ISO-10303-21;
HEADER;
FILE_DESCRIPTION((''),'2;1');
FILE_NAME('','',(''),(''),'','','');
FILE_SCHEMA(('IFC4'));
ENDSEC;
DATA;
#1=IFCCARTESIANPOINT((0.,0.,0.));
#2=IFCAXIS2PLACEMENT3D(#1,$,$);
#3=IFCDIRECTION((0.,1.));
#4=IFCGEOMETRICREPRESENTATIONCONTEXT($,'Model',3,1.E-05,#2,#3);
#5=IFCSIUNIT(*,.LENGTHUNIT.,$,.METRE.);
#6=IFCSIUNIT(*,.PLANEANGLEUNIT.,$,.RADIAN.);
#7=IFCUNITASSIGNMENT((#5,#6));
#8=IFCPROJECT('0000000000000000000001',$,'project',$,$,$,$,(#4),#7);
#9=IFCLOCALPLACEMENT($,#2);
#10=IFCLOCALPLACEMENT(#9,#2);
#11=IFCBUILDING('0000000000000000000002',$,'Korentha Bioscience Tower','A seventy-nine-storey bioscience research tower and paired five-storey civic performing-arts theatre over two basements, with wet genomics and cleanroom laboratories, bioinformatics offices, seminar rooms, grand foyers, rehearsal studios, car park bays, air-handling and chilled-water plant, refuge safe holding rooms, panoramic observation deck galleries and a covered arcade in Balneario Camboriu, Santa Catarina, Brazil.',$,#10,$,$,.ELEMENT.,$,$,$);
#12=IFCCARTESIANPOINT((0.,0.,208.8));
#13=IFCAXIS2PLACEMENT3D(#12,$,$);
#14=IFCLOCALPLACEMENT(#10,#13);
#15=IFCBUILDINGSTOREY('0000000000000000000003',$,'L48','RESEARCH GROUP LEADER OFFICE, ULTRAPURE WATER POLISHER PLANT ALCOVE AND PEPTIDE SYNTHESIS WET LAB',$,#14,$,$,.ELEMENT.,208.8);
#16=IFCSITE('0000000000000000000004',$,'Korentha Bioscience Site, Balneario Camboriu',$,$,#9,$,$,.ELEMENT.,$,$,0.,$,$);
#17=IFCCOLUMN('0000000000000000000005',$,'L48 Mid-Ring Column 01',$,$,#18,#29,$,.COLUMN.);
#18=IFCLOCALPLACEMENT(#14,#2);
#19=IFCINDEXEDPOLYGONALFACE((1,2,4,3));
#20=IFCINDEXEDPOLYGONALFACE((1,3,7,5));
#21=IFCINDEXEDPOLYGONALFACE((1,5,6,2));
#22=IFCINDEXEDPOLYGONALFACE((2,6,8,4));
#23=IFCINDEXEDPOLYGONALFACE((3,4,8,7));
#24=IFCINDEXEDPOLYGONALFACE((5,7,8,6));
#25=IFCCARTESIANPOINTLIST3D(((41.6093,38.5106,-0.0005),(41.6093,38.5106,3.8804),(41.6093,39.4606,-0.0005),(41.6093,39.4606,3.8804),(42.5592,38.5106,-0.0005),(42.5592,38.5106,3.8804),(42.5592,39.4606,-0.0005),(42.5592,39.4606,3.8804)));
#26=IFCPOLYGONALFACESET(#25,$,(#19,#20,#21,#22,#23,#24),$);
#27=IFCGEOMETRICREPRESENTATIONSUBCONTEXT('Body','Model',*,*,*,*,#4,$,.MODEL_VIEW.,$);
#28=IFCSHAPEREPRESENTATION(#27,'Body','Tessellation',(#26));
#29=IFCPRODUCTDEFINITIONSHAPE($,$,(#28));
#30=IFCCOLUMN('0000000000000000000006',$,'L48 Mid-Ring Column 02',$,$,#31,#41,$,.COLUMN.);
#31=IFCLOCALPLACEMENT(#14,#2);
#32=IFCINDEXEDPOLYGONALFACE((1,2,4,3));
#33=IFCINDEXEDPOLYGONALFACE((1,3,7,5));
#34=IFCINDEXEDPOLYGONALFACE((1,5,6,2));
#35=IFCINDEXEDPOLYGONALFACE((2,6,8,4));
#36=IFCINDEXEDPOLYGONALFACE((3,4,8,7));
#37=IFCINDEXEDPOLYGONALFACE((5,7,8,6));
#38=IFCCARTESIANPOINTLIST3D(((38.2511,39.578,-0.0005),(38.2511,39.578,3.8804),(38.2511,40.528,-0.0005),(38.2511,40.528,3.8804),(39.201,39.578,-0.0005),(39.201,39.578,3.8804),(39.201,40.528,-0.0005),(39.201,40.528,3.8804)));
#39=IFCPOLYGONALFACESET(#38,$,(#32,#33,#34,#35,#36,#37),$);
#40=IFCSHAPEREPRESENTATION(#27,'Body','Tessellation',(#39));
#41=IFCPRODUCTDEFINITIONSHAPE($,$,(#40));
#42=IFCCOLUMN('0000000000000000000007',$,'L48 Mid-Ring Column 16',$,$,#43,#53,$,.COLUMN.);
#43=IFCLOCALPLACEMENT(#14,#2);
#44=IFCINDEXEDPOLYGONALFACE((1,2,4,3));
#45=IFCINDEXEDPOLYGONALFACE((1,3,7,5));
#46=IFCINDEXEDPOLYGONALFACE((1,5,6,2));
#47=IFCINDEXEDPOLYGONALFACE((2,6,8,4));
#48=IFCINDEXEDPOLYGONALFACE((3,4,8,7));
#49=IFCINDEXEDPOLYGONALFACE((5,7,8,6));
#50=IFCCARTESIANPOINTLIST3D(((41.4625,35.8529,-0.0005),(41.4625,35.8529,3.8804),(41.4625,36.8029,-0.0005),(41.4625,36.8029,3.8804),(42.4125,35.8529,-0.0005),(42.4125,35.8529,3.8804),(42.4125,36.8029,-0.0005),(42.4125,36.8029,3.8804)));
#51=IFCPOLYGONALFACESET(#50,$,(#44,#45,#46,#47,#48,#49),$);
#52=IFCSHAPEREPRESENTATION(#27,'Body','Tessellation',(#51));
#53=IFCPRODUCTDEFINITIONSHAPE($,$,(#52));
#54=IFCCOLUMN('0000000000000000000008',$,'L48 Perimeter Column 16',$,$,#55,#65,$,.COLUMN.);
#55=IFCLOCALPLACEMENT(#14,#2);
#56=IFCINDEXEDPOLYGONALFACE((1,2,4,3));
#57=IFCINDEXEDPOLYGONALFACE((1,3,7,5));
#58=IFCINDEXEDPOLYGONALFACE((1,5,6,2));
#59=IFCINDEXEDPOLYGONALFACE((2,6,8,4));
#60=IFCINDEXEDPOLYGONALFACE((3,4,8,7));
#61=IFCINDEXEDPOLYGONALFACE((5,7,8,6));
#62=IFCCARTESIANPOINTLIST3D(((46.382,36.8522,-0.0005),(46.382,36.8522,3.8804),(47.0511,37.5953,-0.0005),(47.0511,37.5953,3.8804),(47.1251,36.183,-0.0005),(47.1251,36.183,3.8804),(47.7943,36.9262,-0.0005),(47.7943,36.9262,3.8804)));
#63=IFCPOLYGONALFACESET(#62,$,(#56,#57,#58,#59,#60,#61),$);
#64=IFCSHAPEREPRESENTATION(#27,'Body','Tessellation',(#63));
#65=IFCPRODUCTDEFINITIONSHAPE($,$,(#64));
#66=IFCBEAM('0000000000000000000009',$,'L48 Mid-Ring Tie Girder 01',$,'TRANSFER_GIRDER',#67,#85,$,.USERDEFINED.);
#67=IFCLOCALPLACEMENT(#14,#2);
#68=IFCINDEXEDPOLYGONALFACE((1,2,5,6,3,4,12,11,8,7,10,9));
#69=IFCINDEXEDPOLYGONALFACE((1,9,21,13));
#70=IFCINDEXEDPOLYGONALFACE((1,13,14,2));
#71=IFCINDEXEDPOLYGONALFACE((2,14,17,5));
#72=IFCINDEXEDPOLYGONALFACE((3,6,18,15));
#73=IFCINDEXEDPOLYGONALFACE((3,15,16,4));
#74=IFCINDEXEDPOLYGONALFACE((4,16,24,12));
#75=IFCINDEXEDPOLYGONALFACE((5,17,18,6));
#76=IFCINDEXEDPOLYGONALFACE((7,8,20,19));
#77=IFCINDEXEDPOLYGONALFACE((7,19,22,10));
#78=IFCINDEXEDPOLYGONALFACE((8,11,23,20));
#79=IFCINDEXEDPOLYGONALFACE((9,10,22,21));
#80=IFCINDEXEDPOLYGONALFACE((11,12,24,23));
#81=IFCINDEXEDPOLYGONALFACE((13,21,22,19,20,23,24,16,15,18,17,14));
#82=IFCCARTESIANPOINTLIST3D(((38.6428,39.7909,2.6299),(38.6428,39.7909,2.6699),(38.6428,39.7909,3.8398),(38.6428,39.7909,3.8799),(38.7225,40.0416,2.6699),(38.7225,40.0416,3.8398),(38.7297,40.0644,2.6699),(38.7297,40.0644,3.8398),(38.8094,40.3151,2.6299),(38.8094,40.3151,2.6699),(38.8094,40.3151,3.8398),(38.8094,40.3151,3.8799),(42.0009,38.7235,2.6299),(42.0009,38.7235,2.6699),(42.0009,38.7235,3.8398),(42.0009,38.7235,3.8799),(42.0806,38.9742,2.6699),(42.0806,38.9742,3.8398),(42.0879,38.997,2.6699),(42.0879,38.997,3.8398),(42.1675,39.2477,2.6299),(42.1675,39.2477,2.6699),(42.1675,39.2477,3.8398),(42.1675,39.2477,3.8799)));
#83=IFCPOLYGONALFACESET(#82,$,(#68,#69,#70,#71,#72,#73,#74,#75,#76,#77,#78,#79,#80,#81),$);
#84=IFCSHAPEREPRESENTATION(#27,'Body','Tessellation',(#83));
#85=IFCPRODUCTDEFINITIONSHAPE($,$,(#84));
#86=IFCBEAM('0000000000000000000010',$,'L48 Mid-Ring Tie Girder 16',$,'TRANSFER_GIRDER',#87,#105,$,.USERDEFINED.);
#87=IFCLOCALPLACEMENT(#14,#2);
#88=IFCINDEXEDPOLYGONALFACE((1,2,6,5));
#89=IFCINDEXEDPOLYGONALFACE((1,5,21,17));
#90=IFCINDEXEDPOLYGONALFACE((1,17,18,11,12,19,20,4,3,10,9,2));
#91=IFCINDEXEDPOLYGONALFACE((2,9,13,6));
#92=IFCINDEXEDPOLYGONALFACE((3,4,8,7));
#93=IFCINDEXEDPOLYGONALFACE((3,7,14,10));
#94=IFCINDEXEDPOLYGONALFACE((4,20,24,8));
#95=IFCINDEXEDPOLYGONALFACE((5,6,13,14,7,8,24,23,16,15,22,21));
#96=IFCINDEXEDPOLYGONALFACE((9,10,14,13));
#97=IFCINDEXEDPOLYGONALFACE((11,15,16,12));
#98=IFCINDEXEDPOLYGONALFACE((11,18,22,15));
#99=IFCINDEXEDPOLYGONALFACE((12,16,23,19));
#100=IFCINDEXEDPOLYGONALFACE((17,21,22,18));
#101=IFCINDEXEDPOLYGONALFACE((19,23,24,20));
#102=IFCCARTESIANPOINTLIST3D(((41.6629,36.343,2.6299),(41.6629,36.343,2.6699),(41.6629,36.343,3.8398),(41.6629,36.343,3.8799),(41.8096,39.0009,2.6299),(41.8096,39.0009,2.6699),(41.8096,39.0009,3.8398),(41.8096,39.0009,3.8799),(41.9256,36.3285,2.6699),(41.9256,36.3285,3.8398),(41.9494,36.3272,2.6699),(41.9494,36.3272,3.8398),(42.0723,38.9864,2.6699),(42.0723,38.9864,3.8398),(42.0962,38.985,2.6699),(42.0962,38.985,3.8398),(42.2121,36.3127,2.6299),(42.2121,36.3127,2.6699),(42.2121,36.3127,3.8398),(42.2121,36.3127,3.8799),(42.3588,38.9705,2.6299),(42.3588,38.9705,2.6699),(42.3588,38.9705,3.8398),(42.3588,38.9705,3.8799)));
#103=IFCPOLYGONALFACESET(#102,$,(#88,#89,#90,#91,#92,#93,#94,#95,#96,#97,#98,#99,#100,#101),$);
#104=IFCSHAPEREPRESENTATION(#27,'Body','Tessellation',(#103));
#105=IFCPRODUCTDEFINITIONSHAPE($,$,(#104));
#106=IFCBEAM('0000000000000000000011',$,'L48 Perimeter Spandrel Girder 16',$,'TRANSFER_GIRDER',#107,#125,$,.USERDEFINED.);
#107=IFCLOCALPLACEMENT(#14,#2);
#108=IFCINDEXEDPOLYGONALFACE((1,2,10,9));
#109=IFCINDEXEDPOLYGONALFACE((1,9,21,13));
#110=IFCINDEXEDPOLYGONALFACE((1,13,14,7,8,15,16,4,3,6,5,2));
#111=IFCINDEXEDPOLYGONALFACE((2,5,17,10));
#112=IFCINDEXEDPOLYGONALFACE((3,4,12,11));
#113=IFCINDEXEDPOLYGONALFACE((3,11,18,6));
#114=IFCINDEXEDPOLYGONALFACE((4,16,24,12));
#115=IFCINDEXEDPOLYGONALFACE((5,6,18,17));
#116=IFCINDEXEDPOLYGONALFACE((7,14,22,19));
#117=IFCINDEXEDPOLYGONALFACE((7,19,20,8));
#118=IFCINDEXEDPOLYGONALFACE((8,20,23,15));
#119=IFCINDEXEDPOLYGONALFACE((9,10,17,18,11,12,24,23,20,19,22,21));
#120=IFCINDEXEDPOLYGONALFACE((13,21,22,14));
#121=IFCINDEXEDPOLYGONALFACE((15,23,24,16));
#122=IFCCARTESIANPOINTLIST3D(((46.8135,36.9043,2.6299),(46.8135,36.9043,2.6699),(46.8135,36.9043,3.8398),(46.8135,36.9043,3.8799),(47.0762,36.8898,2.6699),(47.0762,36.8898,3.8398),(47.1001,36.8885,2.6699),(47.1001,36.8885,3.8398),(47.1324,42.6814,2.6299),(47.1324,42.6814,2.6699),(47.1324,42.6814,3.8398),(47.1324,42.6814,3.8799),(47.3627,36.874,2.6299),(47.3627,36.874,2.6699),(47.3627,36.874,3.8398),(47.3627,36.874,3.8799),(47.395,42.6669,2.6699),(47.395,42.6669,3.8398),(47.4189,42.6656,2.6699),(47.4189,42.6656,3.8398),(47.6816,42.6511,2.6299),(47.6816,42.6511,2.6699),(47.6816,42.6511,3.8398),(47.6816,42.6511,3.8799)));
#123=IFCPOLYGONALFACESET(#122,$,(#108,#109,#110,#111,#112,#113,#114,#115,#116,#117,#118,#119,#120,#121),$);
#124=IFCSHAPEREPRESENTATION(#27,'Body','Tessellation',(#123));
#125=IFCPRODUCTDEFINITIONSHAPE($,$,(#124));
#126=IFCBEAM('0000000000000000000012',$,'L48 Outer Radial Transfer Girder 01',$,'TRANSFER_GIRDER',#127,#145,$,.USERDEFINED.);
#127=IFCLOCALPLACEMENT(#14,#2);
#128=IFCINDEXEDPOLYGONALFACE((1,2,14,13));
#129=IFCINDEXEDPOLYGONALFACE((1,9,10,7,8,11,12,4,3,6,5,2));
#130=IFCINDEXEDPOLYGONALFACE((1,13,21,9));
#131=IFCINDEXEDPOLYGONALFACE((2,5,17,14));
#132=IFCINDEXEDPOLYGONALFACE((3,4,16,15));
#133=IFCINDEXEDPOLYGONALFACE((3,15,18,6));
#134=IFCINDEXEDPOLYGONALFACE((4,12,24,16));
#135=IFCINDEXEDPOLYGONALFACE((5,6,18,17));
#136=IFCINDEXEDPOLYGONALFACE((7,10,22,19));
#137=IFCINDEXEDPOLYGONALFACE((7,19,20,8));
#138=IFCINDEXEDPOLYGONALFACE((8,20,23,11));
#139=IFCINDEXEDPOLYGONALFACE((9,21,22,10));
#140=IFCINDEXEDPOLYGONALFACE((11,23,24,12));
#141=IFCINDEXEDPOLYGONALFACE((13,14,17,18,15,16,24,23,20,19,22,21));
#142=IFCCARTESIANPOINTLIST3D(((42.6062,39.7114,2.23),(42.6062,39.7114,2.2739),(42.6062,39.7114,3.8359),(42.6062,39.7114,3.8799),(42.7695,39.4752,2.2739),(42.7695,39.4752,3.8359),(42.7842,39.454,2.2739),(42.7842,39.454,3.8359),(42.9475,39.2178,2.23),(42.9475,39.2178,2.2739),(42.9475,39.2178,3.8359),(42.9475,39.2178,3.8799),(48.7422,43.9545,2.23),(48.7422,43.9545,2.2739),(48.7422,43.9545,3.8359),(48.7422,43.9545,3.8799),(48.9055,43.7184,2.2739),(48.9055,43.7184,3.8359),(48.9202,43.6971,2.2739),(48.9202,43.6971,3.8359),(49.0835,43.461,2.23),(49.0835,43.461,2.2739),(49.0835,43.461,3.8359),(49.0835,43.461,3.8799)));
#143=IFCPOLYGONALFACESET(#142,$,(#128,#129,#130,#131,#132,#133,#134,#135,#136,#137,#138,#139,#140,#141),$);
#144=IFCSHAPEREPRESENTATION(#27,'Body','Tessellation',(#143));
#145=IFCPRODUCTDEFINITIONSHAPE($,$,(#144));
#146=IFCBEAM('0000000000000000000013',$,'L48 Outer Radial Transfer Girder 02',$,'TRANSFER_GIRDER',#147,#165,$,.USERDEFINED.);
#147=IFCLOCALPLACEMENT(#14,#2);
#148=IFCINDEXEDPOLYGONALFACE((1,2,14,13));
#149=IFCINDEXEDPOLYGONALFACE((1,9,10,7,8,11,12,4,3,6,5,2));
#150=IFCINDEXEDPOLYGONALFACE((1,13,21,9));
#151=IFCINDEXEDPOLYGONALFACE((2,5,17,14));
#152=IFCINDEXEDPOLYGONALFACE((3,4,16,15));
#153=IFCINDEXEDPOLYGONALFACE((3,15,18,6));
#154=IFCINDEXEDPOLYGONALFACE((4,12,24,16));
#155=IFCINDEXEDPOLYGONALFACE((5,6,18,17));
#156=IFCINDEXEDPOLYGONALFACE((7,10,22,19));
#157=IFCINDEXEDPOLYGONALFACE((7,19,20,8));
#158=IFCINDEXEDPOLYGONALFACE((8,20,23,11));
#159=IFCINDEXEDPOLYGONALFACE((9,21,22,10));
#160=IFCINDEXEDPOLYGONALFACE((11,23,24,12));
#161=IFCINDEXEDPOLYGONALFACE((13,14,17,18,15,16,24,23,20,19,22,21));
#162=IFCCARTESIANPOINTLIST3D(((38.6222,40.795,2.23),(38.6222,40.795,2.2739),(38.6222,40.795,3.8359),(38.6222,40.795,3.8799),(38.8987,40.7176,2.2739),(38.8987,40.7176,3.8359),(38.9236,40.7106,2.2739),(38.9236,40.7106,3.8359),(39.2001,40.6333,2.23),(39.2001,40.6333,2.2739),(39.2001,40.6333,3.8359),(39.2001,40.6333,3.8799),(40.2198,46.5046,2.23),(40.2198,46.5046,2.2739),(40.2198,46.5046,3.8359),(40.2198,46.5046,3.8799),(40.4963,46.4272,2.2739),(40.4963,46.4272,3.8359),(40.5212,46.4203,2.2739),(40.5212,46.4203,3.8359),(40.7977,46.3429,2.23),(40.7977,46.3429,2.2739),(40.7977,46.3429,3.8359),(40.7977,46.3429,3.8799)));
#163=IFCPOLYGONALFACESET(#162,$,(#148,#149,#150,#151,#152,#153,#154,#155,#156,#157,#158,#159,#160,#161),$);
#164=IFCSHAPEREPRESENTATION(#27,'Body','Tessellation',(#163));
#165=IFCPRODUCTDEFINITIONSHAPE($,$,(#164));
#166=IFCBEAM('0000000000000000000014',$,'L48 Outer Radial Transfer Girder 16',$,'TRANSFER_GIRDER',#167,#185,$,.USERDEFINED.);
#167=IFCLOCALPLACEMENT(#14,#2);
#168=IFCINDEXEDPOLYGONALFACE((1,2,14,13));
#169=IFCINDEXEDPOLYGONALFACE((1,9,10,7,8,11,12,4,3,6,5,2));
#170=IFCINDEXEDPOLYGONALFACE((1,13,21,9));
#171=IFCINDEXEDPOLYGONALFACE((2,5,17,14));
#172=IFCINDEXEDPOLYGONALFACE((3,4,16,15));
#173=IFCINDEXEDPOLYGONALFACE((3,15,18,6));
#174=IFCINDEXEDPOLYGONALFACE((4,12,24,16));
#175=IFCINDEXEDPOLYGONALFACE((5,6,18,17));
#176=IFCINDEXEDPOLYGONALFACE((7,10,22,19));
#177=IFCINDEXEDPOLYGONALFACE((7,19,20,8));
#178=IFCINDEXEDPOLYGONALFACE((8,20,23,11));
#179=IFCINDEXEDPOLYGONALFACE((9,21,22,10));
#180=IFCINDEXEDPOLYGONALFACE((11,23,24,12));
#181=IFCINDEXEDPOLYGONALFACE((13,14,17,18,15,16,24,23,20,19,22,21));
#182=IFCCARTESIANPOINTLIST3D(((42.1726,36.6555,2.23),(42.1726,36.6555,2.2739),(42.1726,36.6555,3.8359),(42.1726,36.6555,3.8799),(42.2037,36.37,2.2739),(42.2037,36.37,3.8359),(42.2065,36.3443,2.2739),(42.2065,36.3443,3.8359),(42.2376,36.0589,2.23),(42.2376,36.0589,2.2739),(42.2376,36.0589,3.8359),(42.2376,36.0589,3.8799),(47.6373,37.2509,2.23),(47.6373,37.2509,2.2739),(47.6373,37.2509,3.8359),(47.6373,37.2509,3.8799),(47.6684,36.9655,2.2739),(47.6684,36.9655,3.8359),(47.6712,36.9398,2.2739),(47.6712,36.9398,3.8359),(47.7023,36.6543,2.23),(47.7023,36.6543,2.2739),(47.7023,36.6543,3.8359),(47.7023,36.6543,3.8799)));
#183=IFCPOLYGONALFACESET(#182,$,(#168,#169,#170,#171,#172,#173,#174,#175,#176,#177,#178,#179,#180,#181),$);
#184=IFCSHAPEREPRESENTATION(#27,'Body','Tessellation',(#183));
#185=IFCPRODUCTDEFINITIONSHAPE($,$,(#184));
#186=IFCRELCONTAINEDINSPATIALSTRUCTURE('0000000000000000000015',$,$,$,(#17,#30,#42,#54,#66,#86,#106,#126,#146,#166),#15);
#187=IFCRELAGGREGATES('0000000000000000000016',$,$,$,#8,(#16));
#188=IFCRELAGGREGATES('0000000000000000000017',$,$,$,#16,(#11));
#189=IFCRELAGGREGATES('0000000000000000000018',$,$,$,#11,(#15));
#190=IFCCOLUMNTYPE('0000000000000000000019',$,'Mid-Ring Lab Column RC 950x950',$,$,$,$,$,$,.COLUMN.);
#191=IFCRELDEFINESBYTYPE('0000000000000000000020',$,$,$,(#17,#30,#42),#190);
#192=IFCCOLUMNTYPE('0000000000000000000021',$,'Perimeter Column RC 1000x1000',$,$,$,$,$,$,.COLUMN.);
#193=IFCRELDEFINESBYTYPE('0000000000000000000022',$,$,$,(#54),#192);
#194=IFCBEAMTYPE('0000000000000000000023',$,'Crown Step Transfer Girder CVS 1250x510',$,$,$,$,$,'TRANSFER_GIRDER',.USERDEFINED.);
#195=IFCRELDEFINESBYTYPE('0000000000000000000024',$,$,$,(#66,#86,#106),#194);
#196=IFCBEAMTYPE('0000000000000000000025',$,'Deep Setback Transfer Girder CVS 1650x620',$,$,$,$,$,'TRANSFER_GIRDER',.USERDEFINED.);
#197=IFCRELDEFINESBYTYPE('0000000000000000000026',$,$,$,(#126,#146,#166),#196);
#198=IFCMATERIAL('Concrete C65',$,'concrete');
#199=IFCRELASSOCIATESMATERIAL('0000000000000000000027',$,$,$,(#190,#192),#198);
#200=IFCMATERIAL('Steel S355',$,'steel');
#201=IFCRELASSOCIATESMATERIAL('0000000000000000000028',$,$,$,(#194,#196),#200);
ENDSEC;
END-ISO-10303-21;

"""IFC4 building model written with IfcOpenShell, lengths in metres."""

from ifc_helpers import new_model, si_unit, direction, frame, origin, origin_2d, place, context, subcontext, project, spatial, rectangle, i_section, extrude, material, material_profile, profile_set, type_object, element, save


model = new_model("IFC4")

# Units and contexts
model_context = context("Model", 3, precision=1e-05, world=origin(), true_north=direction((0.0, 1.0)))
body_context = subcontext(model_context, "Body", "Model", "MODEL_VIEW")
ifc_project = project(units=[si_unit("LENGTHUNIT", "METRE"), si_unit("PLANEANGLEUNIT", "RADIAN")], contexts=[model_context])

# Site, building, storey
site_placement = place(None, origin())
site = spatial("IfcSite", under=ifc_project, at=site_placement, Name="Korentha Bioscience Site, Balneario Camboriu", CompositionType="ELEMENT", RefElevation=0.0)
building_placement = place(site_placement, origin())
building = spatial("IfcBuilding", under=site, at=building_placement, Name="Korentha Bioscience Tower", Description="A seventy-nine-storey bioscience research tower and paired five-storey civic performing-arts theatre over two basements, with wet genomics and cleanroom laboratories, bioinformatics offices, seminar rooms, grand foyers, rehearsal studios, car park bays, air-handling and chilled-water plant, refuge safe holding rooms, panoramic observation deck galleries and a covered arcade in Balneario Camboriu, Santa Catarina, Brazil.", CompositionType="ELEMENT")
storey_placement = place(building_placement, frame((0.0, 0.0, 208.8)))
storey = spatial("IfcBuildingStorey", under=building, at=storey_placement, Name="L48", Description="RESEARCH GROUP LEADER OFFICE, ULTRAPURE WATER POLISHER PLANT ALCOVE AND PEPTIDE SYNTHESIS WET LAB", CompositionType="ELEMENT", Elevation=208.8)

# Columns
ifc_material_1 = material(Name="Concrete C65", Category="concrete")
ifc_material_profile_1 = material_profile(ifc_material_1, rectangle(XDim=0.95, YDim=0.95, at=origin_2d()), Name="Concrete C65")
ifc_profile_set_1 = profile_set([ifc_material_profile_1], Name="Concrete C65 (COL-MR09)")
column_type_1 = type_object("IfcColumnType", Name="Mid-Ring Lab Column RC 950x950", PredefinedType="COLUMN", material=ifc_profile_set_1)
for number, where, z_axis, x_axis, name in (
    (1, (42.0842, 38.9856, -0.0005), (0.0, 0.0, 1.0), (1.0, 0.0, 0.0), "L48 Mid-Ring Column 01"),
    (2, (38.7261, 40.053, -0.0005), (0.0, 0.0, 1.0), (1.0, 0.0, 0.0), "L48 Mid-Ring Column 02"),
    (3, (41.9375, 36.3279, -0.0005), (0.0, 0.0, 1.0), (1.0, 0.0, 0.0), "L48 Mid-Ring Column 16"),
):
    element("IfcColumn", number, at=place(storey_placement, frame(where, z_axis=z_axis, x_axis=x_axis)), inside=storey, type_object=column_type_1, Name=name, PredefinedType="COLUMN", context=body_context, shape_type="SweptSolid", body=[
        extrude(rectangle(XDim=0.95, YDim=0.95, at=origin_2d()), origin(), (0.0, 0.0, 1.0), 3.8809),
    ])
ifc_material_profile_2 = material_profile(ifc_material_1, rectangle(XDim=1.0, YDim=1.0, at=origin_2d()), Name="Concrete C65")
ifc_profile_set_2 = profile_set([ifc_material_profile_2], Name="Concrete C65 (COL-P10)")
column_type_2 = type_object("IfcColumnType", Name="Perimeter Column RC 1000x1000", PredefinedType="COLUMN", material=ifc_profile_set_2)
column_placement = place(storey_placement, frame((47.0881, 36.8892, -0.0005), z_axis=(0.0, 0.0, 1.0), x_axis=(0.669131, 0.743145, 0.0)))
element("IfcColumn", 4, at=column_placement, inside=storey, type_object=column_type_2, Name="L48 Perimeter Column 16", PredefinedType="COLUMN", context=body_context, shape_type="SweptSolid", body=[
    extrude(rectangle(XDim=1.0, YDim=1.0, at=origin_2d()), origin(), (0.0, 0.0, 1.0), 3.8809),
])

# Beams
ifc_material_2 = material(Name="Steel S355", Category="steel")
ifc_material_profile_3 = material_profile(ifc_material_2, i_section(OverallWidth=0.55, OverallDepth=1.25, WebThickness=0.0239, FlangeThickness=0.04, at=origin_2d()), Name="Steel S355")
ifc_profile_set_3 = profile_set([ifc_material_profile_3], Name="Steel S355 (TG-03)")
beam_type_1 = type_object("IfcBeamType", Name="Crown Step Transfer Girder CVS 1250x510", ElementType="TRANSFER_GIRDER", PredefinedType="USERDEFINED", material=ifc_profile_set_3)
beam_1_placement = place(storey_placement, frame((42.0842, 38.9856, 3.2549), z_axis=(-0.953018, 0.302915, 0.0), x_axis=(-0.302915, -0.953018, 0.0)))
element("IfcBeam", 5, at=beam_1_placement, inside=storey, type_object=beam_type_1, Name="L48 Mid-Ring Tie Girder 01", ObjectType="TRANSFER_GIRDER", PredefinedType="USERDEFINED", context=body_context, shape_type="SweptSolid", body=[
    extrude(i_section(OverallWidth=0.55, OverallDepth=1.25, WebThickness=0.0239, FlangeThickness=0.04, at=origin_2d()), origin(), (0.0, 0.0, 1.0), 3.5237),
])
beam_2_placement = place(storey_placement, frame((41.9375, 36.3279, 3.2549), z_axis=(0.055125, 0.998479, 0.0), x_axis=(-0.998479, 0.055125, 0.0)))
element("IfcBeam", 6, at=beam_2_placement, inside=storey, type_object=beam_type_1, Name="L48 Mid-Ring Tie Girder 16", ObjectType="TRANSFER_GIRDER", PredefinedType="USERDEFINED", context=body_context, shape_type="SweptSolid", body=[
    extrude(i_section(OverallWidth=0.55, OverallDepth=1.25, WebThickness=0.0239, FlangeThickness=0.04, at=origin_2d()), origin(), (0.0, 0.0, 1.0), 2.6619),
])
beam_3_placement = place(storey_placement, frame((47.0881, 36.8892, 3.2549), z_axis=(0.055108, 0.99848, 0.0), x_axis=(-0.99848, 0.055108, 0.0)))
element("IfcBeam", 7, at=beam_3_placement, inside=storey, type_object=beam_type_1, Name="L48 Perimeter Spandrel Girder 16", ObjectType="TRANSFER_GIRDER", PredefinedType="USERDEFINED", context=body_context, shape_type="SweptSolid", body=[
    extrude(i_section(OverallWidth=0.55, OverallDepth=1.25, WebThickness=0.0239, FlangeThickness=0.04, at=origin_2d()), origin(), (0.0, 0.0, 1.0), 5.7859),
])
ifc_material_profile_4 = material_profile(ifc_material_2, i_section(OverallWidth=0.6001, OverallDepth=1.6499, WebThickness=0.0259, FlangeThickness=0.0439, at=origin_2d()), Name="Steel S355")
ifc_profile_set_4 = profile_set([ifc_material_profile_4], Name="Steel S355 (TG-04)")
beam_type_2 = type_object("IfcBeamType", Name="Deep Setback Transfer Girder CVS 1650x620", ElementType="TRANSFER_GIRDER", PredefinedType="USERDEFINED", material=ifc_profile_set_4)
beam_4_placement = place(storey_placement, frame((42.7769, 39.4646, 3.0549), z_axis=(0.822495, 0.568773, 0.0), x_axis=(-0.568773, 0.822495, 0.0)))
element("IfcBeam", 8, at=beam_4_placement, inside=storey, type_object=beam_type_2, Name="L48 Outer Radial Transfer Girder 01", ObjectType="TRANSFER_GIRDER", PredefinedType="USERDEFINED", context=body_context, shape_type="SweptSolid", body=[
    extrude(i_section(OverallWidth=0.6001, OverallDepth=1.6499, WebThickness=0.0259, FlangeThickness=0.0439, at=origin_2d()), origin(), (0.0, 0.0, 1.0), 7.4602),
])
beam_5_placement = place(storey_placement, frame((38.9111, 40.7141, 3.0549), z_axis=(0.269463, 0.963011, 0.0), x_axis=(-0.963011, 0.269463, 0.0)))
element("IfcBeam", 9, at=beam_5_placement, inside=storey, type_object=beam_type_2, Name="L48 Outer Radial Transfer Girder 02", ObjectType="TRANSFER_GIRDER", PredefinedType="USERDEFINED", context=body_context, shape_type="SweptSolid", body=[
    extrude(i_section(OverallWidth=0.6001, OverallDepth=1.6499, WebThickness=0.0259, FlangeThickness=0.0439, at=origin_2d()), origin(), (0.0, 0.0, 1.0), 5.929),
])
beam_6_placement = place(storey_placement, frame((42.2051, 36.3572, 3.0549), z_axis=(0.994116, 0.108321, 0.0), x_axis=(-0.108321, 0.994116, 0.0)))
element("IfcBeam", 10, at=beam_6_placement, inside=storey, type_object=beam_type_2, Name="L48 Outer Radial Transfer Girder 16", ObjectType="TRANSFER_GIRDER", PredefinedType="USERDEFINED", context=body_context, shape_type="SweptSolid", body=[
    extrude(i_section(OverallWidth=0.6001, OverallDepth=1.6499, WebThickness=0.0259, FlangeThickness=0.0439, at=origin_2d()), origin(), (0.0, 0.0, 1.0), 5.4971),
])

save(model, "model.ifc")
